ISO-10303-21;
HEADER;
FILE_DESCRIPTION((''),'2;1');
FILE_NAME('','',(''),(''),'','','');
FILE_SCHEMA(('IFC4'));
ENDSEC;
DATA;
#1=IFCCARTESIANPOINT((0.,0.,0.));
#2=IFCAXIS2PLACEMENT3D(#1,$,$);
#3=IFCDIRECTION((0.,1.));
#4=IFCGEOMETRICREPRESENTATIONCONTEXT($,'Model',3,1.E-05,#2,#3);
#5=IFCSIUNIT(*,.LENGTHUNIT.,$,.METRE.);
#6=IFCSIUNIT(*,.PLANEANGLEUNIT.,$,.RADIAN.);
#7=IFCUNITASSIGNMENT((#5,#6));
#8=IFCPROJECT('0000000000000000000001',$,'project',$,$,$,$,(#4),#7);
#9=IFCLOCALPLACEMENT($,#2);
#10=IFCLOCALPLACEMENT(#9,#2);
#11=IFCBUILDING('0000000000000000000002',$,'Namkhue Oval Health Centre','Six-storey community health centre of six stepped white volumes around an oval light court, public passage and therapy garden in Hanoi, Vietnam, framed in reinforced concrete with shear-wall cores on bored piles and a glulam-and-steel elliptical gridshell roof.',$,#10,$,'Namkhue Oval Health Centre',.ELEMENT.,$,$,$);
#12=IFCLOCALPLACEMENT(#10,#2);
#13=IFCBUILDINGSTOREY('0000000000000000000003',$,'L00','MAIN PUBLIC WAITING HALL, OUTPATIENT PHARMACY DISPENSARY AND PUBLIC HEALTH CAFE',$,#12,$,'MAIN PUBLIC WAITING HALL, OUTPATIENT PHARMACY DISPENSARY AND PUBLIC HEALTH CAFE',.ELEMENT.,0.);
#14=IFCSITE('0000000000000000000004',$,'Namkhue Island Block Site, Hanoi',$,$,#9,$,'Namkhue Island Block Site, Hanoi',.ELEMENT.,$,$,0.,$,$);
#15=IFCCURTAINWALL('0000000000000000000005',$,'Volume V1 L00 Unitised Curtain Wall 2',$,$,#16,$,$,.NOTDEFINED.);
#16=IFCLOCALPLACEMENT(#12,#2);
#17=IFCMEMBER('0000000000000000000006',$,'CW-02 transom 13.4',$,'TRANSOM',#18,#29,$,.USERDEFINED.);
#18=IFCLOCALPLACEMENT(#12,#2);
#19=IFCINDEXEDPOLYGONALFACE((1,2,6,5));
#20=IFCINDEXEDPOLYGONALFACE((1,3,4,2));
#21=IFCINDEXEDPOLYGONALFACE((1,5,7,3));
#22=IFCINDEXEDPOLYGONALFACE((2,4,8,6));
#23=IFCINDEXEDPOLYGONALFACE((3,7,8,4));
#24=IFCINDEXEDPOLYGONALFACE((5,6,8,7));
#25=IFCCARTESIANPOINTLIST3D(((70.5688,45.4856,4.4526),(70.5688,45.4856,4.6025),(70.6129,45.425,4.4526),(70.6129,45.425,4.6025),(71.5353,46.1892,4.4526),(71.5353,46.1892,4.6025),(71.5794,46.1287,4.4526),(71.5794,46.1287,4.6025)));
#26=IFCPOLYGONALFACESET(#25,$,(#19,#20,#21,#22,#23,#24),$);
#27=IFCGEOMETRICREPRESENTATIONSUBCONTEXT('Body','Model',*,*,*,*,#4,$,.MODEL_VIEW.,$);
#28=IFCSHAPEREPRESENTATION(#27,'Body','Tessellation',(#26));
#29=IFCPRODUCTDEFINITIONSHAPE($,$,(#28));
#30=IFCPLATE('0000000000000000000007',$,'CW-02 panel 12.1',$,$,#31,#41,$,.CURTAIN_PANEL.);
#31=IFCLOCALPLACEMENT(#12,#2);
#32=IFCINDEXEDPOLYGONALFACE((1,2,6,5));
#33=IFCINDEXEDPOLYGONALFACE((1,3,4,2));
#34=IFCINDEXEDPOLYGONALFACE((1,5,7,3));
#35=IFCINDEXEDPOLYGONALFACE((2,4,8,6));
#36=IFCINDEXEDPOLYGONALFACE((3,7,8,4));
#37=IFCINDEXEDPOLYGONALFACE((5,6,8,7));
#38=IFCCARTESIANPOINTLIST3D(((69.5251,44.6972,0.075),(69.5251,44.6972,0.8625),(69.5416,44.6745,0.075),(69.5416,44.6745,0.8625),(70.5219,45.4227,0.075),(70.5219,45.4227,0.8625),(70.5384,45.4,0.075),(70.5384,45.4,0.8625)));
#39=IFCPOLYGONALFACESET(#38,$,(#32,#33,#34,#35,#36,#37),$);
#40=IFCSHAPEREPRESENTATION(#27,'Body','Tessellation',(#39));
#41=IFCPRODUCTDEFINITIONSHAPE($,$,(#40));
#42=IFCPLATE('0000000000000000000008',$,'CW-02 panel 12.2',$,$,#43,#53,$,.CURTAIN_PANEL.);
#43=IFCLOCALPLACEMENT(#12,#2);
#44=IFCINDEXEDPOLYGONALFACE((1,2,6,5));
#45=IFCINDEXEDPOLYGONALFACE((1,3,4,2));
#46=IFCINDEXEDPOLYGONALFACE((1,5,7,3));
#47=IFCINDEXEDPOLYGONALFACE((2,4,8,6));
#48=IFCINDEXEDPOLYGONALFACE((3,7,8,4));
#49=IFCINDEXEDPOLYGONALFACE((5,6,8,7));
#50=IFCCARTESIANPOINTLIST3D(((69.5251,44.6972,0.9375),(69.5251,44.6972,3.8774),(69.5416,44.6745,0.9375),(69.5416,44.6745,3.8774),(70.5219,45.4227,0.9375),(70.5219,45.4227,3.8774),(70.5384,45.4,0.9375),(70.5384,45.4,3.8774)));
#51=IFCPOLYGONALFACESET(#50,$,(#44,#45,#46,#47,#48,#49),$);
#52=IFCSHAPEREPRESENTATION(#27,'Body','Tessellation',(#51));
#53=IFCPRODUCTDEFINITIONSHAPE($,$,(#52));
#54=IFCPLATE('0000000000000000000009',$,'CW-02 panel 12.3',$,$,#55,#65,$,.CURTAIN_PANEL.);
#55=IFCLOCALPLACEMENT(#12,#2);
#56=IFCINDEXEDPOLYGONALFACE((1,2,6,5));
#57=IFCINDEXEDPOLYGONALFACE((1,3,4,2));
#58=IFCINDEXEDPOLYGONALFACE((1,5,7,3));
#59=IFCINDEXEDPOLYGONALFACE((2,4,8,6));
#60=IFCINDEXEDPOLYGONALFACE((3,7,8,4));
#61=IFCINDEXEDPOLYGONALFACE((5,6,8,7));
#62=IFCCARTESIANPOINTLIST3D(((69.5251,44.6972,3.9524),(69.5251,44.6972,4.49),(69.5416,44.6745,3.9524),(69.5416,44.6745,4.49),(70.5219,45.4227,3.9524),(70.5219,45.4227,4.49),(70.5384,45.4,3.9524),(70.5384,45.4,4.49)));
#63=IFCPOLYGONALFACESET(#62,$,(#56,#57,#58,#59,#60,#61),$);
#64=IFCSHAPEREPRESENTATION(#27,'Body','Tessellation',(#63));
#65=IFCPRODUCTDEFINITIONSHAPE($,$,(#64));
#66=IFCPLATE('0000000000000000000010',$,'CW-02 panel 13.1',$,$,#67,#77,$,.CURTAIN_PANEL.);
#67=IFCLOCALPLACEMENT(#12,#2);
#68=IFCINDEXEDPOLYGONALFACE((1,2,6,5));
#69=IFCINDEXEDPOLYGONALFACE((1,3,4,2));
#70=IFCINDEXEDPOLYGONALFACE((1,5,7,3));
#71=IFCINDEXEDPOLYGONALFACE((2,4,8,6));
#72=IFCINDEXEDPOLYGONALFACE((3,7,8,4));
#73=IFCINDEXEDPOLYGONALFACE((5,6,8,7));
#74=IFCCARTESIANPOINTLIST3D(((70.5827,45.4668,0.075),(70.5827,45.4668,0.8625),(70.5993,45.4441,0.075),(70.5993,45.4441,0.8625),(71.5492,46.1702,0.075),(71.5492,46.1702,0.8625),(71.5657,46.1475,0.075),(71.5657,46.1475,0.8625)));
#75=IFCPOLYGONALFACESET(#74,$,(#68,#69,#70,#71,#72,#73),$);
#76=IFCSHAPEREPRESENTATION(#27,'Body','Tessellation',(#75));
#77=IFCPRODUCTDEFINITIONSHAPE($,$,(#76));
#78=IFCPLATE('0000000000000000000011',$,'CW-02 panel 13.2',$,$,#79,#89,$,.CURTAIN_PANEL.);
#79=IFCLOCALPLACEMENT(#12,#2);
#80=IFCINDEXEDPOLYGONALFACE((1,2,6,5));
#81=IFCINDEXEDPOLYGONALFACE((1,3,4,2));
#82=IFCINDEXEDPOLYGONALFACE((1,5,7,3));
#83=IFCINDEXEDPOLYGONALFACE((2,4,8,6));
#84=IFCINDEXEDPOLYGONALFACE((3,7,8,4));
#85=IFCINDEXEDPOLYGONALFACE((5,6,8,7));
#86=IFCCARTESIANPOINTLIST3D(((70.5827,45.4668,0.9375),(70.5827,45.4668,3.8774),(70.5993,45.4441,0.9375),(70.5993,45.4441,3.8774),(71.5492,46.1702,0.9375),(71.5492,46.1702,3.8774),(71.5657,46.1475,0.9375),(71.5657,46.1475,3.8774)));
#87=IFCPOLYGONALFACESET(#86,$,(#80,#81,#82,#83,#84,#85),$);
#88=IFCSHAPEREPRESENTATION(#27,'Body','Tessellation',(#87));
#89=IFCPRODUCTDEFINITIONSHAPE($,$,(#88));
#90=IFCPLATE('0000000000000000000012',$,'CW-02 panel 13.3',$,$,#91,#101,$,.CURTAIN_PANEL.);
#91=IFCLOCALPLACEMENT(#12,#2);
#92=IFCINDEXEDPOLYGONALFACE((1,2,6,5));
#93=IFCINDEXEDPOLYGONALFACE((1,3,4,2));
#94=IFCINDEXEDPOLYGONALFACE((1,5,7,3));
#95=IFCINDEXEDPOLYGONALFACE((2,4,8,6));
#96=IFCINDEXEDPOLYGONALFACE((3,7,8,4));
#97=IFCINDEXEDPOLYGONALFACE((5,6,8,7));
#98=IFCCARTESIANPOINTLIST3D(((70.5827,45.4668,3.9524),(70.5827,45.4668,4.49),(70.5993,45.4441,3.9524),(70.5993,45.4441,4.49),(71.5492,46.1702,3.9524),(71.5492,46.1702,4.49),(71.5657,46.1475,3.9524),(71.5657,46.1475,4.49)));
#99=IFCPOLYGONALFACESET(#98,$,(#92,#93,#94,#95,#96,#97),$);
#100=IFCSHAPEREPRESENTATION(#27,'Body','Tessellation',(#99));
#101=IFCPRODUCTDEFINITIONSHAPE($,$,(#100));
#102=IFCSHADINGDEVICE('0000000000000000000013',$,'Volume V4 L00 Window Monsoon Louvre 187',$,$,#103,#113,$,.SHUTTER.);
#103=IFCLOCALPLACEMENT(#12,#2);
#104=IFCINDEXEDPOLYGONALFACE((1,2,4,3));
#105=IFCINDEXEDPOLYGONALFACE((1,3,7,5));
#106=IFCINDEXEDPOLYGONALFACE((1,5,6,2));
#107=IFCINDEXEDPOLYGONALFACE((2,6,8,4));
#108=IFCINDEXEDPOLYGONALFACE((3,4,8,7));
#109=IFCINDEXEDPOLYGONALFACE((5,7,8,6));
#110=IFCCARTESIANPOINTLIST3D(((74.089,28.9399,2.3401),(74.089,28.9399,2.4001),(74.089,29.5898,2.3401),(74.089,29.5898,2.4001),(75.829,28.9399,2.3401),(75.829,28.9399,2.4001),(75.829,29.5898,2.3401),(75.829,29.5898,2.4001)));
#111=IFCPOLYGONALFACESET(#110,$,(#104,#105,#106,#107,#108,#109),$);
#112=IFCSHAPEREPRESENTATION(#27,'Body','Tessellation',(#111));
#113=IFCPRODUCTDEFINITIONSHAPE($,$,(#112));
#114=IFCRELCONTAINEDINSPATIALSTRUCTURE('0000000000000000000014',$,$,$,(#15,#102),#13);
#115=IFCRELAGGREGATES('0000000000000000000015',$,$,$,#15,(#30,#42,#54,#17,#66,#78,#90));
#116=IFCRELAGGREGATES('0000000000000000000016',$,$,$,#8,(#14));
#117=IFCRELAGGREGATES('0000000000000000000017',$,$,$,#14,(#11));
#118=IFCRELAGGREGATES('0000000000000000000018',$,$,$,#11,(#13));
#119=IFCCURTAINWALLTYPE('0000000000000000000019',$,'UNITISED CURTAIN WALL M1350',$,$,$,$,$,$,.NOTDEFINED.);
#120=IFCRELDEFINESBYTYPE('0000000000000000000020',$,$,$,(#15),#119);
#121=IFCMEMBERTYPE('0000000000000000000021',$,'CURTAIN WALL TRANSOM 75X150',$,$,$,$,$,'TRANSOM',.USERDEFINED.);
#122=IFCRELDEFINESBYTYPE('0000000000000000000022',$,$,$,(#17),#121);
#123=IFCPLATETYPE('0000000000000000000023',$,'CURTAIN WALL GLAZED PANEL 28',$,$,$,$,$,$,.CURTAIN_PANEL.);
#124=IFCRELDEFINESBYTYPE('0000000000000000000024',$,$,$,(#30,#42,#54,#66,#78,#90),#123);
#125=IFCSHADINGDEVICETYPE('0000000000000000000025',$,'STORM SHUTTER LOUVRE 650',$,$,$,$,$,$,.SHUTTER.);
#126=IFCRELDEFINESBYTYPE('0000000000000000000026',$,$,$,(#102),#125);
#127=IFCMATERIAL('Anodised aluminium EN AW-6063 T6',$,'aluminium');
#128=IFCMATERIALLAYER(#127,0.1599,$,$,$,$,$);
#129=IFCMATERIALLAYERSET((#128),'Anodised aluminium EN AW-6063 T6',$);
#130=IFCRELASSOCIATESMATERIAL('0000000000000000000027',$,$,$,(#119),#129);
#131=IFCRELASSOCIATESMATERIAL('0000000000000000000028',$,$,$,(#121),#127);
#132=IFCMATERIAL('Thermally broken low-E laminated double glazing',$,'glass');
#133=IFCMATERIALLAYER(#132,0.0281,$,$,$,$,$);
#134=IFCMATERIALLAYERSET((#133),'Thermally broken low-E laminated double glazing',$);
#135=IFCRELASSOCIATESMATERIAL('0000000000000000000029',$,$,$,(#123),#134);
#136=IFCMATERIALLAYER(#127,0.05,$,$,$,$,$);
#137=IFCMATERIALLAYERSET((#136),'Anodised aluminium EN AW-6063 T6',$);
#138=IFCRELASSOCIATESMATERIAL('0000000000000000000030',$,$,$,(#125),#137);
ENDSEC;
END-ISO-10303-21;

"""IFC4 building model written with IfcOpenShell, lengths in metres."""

from ifc_helpers import new_model, si_unit, direction, frame, origin, origin_2d, place, context, subcontext, project, spatial, rectangle, extrude, material, layer, layer_set, material_profile, profile_set, type_object, element, aggregate, save


model = new_model("IFC4")

# Units and contexts
model_context = context("Model", 3, precision=1e-05, world=origin(), true_north=direction((0.0, 1.0)))
body_context = subcontext(model_context, "Body", "Model", "MODEL_VIEW")
ifc_project = project(units=[si_unit("LENGTHUNIT", "METRE"), si_unit("PLANEANGLEUNIT", "RADIAN")], contexts=[model_context])

# Site, building, storey
site_placement = place(None, origin())
site = spatial("IfcSite", under=ifc_project, at=site_placement, Name="Namkhue Island Block Site, Hanoi", LongName="Namkhue Island Block Site, Hanoi", CompositionType="ELEMENT", RefElevation=0.0)
building_placement = place(site_placement, origin())
building = spatial("IfcBuilding", under=site, at=building_placement, Name="Namkhue Oval Health Centre", Description="Six-storey community health centre of six stepped white volumes around an oval light court, public passage and therapy garden in Hanoi, Vietnam, framed in reinforced concrete with shear-wall cores on bored piles and a glulam-and-steel elliptical gridshell roof.", LongName="Namkhue Oval Health Centre", CompositionType="ELEMENT")
storey_placement = place(building_placement, origin())
storey = spatial("IfcBuildingStorey", under=building, at=storey_placement, Name="L00", Description="MAIN PUBLIC WAITING HALL, OUTPATIENT PHARMACY DISPENSARY AND PUBLIC HEALTH CAFE", LongName="MAIN PUBLIC WAITING HALL, OUTPATIENT PHARMACY DISPENSARY AND PUBLIC HEALTH CAFE", CompositionType="ELEMENT", Elevation=0.0)

# Shared definitions
ifc_material_1 = material(Name="Anodised aluminium EN AW-6063 T6", Category="aluminium")

# Curtain wall
ifc_layer_1 = layer(ifc_material_1, 0.1599)
ifc_layer_set_1 = layer_set([ifc_layer_1], Name="Anodised aluminium EN AW-6063 T6")
curtain_wall_type_1 = type_object("IfcCurtainWallType", Name="UNITISED CURTAIN WALL M1350", PredefinedType="NOTDEFINED", material=ifc_layer_set_1)
curtain_wall_1_placement = place(storey_placement, origin())
curtain_wall_1 = element("IfcCurtainWall", 1, at=curtain_wall_1_placement, inside=storey, type_object=curtain_wall_type_1, Name="Volume V1 L00 Unitised Curtain Wall 2", PredefinedType="NOTDEFINED")

# Member
ifc_material_profile_1 = material_profile(ifc_material_1, rectangle(XDim=0.075, YDim=0.1499, at=origin_2d()), Name="ALU 75x150")
ifc_profile_set_1 = profile_set([ifc_material_profile_1], Name="Anodised aluminium EN AW-6063 T6")
member_type_1 = type_object("IfcMemberType", Name="CURTAIN WALL TRANSOM 75X150", ElementType="TRANSOM", PredefinedType="USERDEFINED", material=ifc_profile_set_1)
member_1_placement = place(storey_placement, frame((70.5908, 45.4553, 4.5276), z_axis=(0.808471, 0.588536, 0.0), x_axis=(-0.588536, 0.808471, 0.0)))
member_1 = element("IfcMember", 2, at=member_1_placement, type_object=member_type_1, Name="CW-02 transom 13.4", ObjectType="TRANSOM", PredefinedType="USERDEFINED", context=body_context, shape_type="SweptSolid", body=[
    extrude(rectangle(XDim=0.075, YDim=0.1499, at=origin_2d()), origin(), (0.0, 0.0, 1.0), 1.1956),
])

# Plates
ifc_material_2 = material(Name="Thermally broken low-E laminated double glazing", Category="glass")
ifc_layer_2 = layer(ifc_material_2, 0.0281)
ifc_layer_set_2 = layer_set([ifc_layer_2], Name="Thermally broken low-E laminated double glazing")
plate_type = type_object("IfcPlateType", Name="CURTAIN WALL GLAZED PANEL 28", PredefinedType="CURTAIN_PANEL", material=ifc_layer_set_2)
plate_1_placement = place(storey_placement, frame((70.0317, 45.0486, 0.075), z_axis=(0.0, 0.0, 1.0), x_axis=(0.808514, 0.588477, 0.0)))
plate_1 = element("IfcPlate", 3, at=plate_1_placement, type_object=plate_type, Name="CW-02 panel 12.1", PredefinedType="CURTAIN_PANEL", context=body_context, shape_type="SweptSolid", body=[
    extrude(rectangle(XDim=1.2329, YDim=0.0281, at=origin_2d()), origin(), (0.0, 0.0, 1.0), 0.7876),
])
plate_2_placement = place(storey_placement, frame((70.0317, 45.0486, 0.9375), z_axis=(0.0, 0.0, 1.0), x_axis=(0.808514, 0.588477, 0.0)))
plate_2 = element("IfcPlate", 4, at=plate_2_placement, type_object=plate_type, Name="CW-02 panel 12.2", PredefinedType="CURTAIN_PANEL", context=body_context, shape_type="SweptSolid", body=[
    extrude(rectangle(XDim=1.2329, YDim=0.0281, at=origin_2d()), origin(), (0.0, 0.0, 1.0), 2.9399),
])
plate_3_placement = place(storey_placement, frame((70.0317, 45.0486, 3.9524), z_axis=(0.0, 0.0, 1.0), x_axis=(0.808514, 0.588477, 0.0)))
plate_3 = element("IfcPlate", 5, at=plate_3_placement, type_object=plate_type, Name="CW-02 panel 12.3", PredefinedType="CURTAIN_PANEL", context=body_context, shape_type="SweptSolid", body=[
    extrude(rectangle(XDim=1.2329, YDim=0.0281, at=origin_2d()), origin(), (0.0, 0.0, 1.0), 0.5376),
])
plate_4_placement = place(storey_placement, frame((71.0742, 45.8071, 0.075), z_axis=(0.0, 0.0, 1.0), x_axis=(0.808514, 0.588477, 0.0)))
plate_4 = element("IfcPlate", 6, at=plate_4_placement, type_object=plate_type, Name="CW-02 panel 13.1", PredefinedType="CURTAIN_PANEL", context=body_context, shape_type="SweptSolid", body=[
    extrude(rectangle(XDim=1.1953, YDim=0.0281, at=origin_2d()), origin(), (0.0, 0.0, 1.0), 0.7876),
])
plate_5_placement = place(storey_placement, frame((71.0742, 45.8071, 0.9375), z_axis=(0.0, 0.0, 1.0), x_axis=(0.808514, 0.588477, 0.0)))
plate_5 = element("IfcPlate", 7, at=plate_5_placement, type_object=plate_type, Name="CW-02 panel 13.2", PredefinedType="CURTAIN_PANEL", context=body_context, shape_type="SweptSolid", body=[
    extrude(rectangle(XDim=1.1953, YDim=0.0281, at=origin_2d()), origin(), (0.0, 0.0, 1.0), 2.9399),
])
plate_6_placement = place(storey_placement, frame((71.0742, 45.8071, 3.9524), z_axis=(0.0, 0.0, 1.0), x_axis=(0.808514, 0.588477, 0.0)))
plate_6 = element("IfcPlate", 8, at=plate_6_placement, type_object=plate_type, Name="CW-02 panel 13.3", PredefinedType="CURTAIN_PANEL", context=body_context, shape_type="SweptSolid", body=[
    extrude(rectangle(XDim=1.1953, YDim=0.0281, at=origin_2d()), origin(), (0.0, 0.0, 1.0), 0.5376),
])
aggregate(curtain_wall_1, [plate_1, plate_2, plate_3, member_1, plate_4, plate_5, plate_6])

# Shading device
ifc_layer_3 = layer(ifc_material_1, 0.05)
ifc_layer_set_3 = layer_set([ifc_layer_3], Name="Anodised aluminium EN AW-6063 T6")
shading_device_type = type_object("IfcShadingDeviceType", Name="STORM SHUTTER LOUVRE 650", PredefinedType="SHUTTER", material=ifc_layer_set_3)
shading_device_placement = place(storey_placement, frame((74.959, 29.2649, 2.3401), z_axis=(0.0, 0.0, 1.0), x_axis=(-1.0, 0.0, 0.0)))
element("IfcShadingDevice", 9, at=shading_device_placement, inside=storey, type_object=shading_device_type, Name="Volume V4 L00 Window Monsoon Louvre 187", PredefinedType="SHUTTER", context=body_context, shape_type="SweptSolid", body=[
    extrude(rectangle(XDim=1.74, YDim=0.6499, at=origin_2d()), origin(), (0.0, 0.0, 1.0), 0.0601),
])

save(model, "model.ifc")
